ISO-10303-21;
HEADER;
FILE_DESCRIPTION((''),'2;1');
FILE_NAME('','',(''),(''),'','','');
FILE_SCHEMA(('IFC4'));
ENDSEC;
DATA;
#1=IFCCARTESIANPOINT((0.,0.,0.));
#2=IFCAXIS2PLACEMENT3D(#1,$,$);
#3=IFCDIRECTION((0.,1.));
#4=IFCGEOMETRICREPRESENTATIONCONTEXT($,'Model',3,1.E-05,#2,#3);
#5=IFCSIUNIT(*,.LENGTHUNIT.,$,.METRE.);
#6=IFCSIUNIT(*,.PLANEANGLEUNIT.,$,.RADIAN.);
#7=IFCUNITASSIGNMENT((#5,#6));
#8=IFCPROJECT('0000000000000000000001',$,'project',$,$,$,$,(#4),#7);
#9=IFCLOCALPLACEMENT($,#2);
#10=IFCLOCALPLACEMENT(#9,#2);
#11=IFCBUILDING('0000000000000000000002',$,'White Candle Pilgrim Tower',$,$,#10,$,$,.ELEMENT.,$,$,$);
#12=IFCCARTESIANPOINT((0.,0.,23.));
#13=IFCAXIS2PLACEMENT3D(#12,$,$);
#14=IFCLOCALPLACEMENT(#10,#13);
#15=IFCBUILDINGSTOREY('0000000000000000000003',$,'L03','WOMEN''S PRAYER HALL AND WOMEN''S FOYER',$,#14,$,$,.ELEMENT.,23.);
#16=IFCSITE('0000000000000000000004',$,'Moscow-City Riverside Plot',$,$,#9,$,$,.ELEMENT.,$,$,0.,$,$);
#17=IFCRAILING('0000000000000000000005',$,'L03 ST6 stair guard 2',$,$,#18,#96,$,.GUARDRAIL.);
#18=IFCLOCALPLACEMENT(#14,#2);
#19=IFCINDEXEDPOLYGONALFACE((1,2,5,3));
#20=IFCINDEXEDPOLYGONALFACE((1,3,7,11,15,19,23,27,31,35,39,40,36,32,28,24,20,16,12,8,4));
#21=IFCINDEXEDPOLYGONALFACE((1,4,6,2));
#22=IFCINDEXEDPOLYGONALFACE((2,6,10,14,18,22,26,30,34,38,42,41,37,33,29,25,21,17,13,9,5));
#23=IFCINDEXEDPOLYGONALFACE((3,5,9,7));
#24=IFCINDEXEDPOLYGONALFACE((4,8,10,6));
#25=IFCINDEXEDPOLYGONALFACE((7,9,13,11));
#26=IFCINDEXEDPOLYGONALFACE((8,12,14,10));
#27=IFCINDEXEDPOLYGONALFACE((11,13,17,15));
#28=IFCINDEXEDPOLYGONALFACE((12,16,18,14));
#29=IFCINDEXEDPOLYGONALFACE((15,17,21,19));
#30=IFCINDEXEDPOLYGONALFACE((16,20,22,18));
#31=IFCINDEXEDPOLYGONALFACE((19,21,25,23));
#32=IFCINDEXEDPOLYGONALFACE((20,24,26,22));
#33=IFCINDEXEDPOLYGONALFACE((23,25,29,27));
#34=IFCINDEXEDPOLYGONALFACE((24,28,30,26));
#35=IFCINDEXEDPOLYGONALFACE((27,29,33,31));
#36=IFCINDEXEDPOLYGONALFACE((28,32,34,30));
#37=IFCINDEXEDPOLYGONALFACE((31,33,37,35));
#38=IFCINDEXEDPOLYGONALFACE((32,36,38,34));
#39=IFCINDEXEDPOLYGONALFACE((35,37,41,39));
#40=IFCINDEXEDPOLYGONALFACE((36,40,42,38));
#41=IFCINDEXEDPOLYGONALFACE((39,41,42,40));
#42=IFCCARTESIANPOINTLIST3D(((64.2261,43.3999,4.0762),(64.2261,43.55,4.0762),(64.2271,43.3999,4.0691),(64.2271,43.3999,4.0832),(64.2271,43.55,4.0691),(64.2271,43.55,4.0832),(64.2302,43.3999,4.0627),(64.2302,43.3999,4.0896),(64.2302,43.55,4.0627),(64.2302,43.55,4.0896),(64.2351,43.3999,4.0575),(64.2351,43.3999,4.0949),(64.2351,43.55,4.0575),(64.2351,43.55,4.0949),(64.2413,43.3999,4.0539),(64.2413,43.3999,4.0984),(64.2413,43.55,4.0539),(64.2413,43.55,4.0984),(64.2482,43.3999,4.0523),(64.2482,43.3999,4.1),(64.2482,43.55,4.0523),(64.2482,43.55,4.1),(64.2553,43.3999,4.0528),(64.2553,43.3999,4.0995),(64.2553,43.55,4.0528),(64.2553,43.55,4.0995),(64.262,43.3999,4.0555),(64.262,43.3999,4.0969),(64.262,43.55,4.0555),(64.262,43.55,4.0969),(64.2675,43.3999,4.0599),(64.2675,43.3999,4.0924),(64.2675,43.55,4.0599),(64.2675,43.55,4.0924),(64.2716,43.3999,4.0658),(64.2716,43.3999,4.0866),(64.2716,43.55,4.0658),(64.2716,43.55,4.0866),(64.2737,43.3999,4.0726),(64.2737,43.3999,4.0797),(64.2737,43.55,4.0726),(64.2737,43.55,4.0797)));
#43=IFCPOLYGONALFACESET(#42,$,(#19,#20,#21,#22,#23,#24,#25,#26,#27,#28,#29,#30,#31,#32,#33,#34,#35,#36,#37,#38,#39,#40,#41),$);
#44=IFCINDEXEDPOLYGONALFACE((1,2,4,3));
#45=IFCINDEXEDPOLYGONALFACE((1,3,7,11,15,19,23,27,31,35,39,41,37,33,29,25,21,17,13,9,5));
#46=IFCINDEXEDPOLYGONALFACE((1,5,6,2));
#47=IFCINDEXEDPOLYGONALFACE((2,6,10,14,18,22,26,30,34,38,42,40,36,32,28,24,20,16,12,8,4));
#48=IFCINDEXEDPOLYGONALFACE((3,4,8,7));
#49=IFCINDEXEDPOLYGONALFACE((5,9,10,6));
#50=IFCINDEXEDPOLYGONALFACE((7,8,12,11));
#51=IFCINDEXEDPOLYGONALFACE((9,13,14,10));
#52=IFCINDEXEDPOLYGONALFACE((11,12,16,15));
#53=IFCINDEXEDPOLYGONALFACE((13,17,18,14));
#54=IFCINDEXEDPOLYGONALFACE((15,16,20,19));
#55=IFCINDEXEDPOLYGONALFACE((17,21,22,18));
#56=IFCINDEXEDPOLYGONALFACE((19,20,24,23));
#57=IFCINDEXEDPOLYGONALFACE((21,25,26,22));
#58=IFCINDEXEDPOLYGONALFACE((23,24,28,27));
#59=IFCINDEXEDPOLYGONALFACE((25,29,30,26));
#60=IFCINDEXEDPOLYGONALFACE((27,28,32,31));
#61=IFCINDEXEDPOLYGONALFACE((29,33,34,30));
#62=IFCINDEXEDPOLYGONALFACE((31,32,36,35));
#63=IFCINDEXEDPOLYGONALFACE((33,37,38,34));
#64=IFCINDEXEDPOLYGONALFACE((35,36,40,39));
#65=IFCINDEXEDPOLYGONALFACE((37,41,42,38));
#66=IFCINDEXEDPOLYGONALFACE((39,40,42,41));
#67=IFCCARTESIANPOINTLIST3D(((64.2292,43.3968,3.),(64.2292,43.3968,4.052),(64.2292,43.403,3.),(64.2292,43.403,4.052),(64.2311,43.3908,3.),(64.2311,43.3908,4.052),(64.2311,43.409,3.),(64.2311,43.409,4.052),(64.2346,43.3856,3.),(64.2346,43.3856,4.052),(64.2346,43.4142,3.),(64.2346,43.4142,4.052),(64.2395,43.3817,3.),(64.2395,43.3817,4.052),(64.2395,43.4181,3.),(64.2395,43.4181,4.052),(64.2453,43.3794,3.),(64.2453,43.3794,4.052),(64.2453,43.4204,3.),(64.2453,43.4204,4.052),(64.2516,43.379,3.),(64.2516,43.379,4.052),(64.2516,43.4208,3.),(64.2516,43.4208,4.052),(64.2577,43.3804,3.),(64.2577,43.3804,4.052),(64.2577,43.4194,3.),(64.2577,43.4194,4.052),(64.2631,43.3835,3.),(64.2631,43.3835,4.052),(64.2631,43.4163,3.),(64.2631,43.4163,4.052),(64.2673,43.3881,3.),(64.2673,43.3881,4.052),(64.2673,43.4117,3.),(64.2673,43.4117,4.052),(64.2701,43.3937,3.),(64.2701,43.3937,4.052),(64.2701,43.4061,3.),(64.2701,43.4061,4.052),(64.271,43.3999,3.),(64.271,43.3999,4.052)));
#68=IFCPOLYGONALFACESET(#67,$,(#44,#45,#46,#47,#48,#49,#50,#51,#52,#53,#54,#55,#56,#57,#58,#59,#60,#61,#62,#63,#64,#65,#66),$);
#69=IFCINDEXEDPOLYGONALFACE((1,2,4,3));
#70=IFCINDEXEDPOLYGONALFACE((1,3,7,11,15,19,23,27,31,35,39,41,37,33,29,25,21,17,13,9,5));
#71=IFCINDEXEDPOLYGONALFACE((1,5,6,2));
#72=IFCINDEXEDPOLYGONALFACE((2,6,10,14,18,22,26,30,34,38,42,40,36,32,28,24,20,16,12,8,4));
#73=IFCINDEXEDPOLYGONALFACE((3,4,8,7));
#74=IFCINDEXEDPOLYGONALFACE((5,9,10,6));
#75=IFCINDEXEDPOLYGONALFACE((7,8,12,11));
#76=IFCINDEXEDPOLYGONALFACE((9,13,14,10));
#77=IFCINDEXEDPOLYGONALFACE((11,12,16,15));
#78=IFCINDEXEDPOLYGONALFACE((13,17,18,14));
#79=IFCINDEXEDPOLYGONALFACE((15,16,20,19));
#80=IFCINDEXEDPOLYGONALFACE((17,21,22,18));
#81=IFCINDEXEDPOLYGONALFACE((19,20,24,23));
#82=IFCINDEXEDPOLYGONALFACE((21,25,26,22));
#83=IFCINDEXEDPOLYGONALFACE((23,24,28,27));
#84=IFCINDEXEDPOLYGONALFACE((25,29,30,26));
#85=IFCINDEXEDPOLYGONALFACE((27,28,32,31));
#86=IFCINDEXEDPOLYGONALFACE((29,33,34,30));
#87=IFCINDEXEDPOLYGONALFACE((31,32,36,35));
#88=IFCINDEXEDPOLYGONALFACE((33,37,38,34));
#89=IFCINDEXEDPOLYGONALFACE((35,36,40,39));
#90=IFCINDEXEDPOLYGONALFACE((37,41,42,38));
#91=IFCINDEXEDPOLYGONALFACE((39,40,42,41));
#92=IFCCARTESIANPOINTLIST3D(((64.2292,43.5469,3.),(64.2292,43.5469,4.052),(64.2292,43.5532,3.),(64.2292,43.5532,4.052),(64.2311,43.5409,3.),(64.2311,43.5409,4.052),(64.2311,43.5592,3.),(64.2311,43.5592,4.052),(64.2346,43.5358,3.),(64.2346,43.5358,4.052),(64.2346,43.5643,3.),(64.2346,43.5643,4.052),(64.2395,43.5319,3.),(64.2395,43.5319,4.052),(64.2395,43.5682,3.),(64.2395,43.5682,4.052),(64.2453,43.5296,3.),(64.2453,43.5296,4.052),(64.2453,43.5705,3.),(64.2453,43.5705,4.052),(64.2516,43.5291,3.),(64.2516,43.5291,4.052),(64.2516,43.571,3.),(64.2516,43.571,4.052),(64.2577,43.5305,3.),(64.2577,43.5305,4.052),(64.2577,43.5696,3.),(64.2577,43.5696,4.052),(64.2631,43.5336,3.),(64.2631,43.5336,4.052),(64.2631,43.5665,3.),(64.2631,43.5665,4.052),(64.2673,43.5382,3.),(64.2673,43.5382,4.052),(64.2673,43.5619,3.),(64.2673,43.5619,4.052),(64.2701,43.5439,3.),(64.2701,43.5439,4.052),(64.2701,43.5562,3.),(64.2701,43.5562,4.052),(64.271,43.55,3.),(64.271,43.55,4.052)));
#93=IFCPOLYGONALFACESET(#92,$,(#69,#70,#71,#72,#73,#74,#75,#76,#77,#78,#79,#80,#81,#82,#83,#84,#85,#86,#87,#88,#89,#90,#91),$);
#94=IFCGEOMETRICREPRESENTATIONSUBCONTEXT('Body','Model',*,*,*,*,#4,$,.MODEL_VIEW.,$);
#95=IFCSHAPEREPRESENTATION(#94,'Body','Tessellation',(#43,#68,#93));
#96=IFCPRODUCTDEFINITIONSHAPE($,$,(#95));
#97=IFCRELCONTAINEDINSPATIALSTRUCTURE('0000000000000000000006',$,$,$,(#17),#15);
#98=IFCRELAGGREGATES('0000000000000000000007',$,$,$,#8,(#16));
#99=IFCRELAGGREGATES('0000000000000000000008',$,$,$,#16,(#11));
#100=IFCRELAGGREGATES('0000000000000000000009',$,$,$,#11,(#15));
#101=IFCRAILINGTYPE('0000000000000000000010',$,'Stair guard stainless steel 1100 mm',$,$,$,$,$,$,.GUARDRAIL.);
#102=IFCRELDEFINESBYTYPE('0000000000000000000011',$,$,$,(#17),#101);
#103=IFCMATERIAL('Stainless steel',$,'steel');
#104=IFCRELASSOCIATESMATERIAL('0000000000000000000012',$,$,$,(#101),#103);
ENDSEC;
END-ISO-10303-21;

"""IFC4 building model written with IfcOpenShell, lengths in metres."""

from ifc_helpers import new_model, si_unit, direction, frame, origin, origin_2d, place, context, subcontext, project, spatial, circle, extrude, material, type_object, element, save


model = new_model("IFC4")

# Units and contexts
model_context = context("Model", 3, precision=1e-05, world=origin(), true_north=direction((0.0, 1.0)))
body_context = subcontext(model_context, "Body", "Model", "MODEL_VIEW")
ifc_project = project(units=[si_unit("LENGTHUNIT", "METRE"), si_unit("PLANEANGLEUNIT", "RADIAN")], contexts=[model_context])

# Site, building, storey
site_placement = place(None, origin())
site = spatial("IfcSite", under=ifc_project, at=site_placement, Name="Moscow-City Riverside Plot", CompositionType="ELEMENT", RefElevation=0.0)
building_placement = place(site_placement, origin())
building = spatial("IfcBuilding", under=site, at=building_placement, Name="White Candle Pilgrim Tower", CompositionType="ELEMENT")
storey_placement = place(building_placement, frame((0.0, 0.0, 23.0)))
storey = spatial("IfcBuildingStorey", under=building, at=storey_placement, Name="L03", Description="WOMEN'S PRAYER HALL AND WOMEN'S FOYER", CompositionType="ELEMENT", Elevation=23.0)

# Railing
ifc_material_1 = material(Name="Stainless steel", Category="steel")
railing_type_1 = type_object("IfcRailingType", Name="Stair guard stainless steel 1100 mm", PredefinedType="GUARDRAIL", material=ifc_material_1)
railing_1_placement = place(storey_placement, frame((64.25, 43.3999, 3.0)))
element("IfcRailing", 1, at=railing_1_placement, inside=storey, type_object=railing_type_1, Name="L03 ST6 stair guard 2", PredefinedType="GUARDRAIL", context=body_context, shape_type="SweptSolid", body=[
    extrude(circle(Radius=0.0239, at=origin_2d()), frame((0.0, 0.0, 1.0762), z_axis=(0.0, 1.0, 0.0), x_axis=(-1.0, 0.0, 0.0)), (0.0, 0.0, 1.0), 0.1501),
    extrude(circle(Radius=0.021, at=origin_2d()), origin(), (0.0, 0.0, 1.0), 1.052),
    extrude(circle(Radius=0.021, at=origin_2d()), frame((0.0, 0.1501, 0.0)), (0.0, 0.0, 1.0), 1.052),
])

save(model, "model.ifc")
